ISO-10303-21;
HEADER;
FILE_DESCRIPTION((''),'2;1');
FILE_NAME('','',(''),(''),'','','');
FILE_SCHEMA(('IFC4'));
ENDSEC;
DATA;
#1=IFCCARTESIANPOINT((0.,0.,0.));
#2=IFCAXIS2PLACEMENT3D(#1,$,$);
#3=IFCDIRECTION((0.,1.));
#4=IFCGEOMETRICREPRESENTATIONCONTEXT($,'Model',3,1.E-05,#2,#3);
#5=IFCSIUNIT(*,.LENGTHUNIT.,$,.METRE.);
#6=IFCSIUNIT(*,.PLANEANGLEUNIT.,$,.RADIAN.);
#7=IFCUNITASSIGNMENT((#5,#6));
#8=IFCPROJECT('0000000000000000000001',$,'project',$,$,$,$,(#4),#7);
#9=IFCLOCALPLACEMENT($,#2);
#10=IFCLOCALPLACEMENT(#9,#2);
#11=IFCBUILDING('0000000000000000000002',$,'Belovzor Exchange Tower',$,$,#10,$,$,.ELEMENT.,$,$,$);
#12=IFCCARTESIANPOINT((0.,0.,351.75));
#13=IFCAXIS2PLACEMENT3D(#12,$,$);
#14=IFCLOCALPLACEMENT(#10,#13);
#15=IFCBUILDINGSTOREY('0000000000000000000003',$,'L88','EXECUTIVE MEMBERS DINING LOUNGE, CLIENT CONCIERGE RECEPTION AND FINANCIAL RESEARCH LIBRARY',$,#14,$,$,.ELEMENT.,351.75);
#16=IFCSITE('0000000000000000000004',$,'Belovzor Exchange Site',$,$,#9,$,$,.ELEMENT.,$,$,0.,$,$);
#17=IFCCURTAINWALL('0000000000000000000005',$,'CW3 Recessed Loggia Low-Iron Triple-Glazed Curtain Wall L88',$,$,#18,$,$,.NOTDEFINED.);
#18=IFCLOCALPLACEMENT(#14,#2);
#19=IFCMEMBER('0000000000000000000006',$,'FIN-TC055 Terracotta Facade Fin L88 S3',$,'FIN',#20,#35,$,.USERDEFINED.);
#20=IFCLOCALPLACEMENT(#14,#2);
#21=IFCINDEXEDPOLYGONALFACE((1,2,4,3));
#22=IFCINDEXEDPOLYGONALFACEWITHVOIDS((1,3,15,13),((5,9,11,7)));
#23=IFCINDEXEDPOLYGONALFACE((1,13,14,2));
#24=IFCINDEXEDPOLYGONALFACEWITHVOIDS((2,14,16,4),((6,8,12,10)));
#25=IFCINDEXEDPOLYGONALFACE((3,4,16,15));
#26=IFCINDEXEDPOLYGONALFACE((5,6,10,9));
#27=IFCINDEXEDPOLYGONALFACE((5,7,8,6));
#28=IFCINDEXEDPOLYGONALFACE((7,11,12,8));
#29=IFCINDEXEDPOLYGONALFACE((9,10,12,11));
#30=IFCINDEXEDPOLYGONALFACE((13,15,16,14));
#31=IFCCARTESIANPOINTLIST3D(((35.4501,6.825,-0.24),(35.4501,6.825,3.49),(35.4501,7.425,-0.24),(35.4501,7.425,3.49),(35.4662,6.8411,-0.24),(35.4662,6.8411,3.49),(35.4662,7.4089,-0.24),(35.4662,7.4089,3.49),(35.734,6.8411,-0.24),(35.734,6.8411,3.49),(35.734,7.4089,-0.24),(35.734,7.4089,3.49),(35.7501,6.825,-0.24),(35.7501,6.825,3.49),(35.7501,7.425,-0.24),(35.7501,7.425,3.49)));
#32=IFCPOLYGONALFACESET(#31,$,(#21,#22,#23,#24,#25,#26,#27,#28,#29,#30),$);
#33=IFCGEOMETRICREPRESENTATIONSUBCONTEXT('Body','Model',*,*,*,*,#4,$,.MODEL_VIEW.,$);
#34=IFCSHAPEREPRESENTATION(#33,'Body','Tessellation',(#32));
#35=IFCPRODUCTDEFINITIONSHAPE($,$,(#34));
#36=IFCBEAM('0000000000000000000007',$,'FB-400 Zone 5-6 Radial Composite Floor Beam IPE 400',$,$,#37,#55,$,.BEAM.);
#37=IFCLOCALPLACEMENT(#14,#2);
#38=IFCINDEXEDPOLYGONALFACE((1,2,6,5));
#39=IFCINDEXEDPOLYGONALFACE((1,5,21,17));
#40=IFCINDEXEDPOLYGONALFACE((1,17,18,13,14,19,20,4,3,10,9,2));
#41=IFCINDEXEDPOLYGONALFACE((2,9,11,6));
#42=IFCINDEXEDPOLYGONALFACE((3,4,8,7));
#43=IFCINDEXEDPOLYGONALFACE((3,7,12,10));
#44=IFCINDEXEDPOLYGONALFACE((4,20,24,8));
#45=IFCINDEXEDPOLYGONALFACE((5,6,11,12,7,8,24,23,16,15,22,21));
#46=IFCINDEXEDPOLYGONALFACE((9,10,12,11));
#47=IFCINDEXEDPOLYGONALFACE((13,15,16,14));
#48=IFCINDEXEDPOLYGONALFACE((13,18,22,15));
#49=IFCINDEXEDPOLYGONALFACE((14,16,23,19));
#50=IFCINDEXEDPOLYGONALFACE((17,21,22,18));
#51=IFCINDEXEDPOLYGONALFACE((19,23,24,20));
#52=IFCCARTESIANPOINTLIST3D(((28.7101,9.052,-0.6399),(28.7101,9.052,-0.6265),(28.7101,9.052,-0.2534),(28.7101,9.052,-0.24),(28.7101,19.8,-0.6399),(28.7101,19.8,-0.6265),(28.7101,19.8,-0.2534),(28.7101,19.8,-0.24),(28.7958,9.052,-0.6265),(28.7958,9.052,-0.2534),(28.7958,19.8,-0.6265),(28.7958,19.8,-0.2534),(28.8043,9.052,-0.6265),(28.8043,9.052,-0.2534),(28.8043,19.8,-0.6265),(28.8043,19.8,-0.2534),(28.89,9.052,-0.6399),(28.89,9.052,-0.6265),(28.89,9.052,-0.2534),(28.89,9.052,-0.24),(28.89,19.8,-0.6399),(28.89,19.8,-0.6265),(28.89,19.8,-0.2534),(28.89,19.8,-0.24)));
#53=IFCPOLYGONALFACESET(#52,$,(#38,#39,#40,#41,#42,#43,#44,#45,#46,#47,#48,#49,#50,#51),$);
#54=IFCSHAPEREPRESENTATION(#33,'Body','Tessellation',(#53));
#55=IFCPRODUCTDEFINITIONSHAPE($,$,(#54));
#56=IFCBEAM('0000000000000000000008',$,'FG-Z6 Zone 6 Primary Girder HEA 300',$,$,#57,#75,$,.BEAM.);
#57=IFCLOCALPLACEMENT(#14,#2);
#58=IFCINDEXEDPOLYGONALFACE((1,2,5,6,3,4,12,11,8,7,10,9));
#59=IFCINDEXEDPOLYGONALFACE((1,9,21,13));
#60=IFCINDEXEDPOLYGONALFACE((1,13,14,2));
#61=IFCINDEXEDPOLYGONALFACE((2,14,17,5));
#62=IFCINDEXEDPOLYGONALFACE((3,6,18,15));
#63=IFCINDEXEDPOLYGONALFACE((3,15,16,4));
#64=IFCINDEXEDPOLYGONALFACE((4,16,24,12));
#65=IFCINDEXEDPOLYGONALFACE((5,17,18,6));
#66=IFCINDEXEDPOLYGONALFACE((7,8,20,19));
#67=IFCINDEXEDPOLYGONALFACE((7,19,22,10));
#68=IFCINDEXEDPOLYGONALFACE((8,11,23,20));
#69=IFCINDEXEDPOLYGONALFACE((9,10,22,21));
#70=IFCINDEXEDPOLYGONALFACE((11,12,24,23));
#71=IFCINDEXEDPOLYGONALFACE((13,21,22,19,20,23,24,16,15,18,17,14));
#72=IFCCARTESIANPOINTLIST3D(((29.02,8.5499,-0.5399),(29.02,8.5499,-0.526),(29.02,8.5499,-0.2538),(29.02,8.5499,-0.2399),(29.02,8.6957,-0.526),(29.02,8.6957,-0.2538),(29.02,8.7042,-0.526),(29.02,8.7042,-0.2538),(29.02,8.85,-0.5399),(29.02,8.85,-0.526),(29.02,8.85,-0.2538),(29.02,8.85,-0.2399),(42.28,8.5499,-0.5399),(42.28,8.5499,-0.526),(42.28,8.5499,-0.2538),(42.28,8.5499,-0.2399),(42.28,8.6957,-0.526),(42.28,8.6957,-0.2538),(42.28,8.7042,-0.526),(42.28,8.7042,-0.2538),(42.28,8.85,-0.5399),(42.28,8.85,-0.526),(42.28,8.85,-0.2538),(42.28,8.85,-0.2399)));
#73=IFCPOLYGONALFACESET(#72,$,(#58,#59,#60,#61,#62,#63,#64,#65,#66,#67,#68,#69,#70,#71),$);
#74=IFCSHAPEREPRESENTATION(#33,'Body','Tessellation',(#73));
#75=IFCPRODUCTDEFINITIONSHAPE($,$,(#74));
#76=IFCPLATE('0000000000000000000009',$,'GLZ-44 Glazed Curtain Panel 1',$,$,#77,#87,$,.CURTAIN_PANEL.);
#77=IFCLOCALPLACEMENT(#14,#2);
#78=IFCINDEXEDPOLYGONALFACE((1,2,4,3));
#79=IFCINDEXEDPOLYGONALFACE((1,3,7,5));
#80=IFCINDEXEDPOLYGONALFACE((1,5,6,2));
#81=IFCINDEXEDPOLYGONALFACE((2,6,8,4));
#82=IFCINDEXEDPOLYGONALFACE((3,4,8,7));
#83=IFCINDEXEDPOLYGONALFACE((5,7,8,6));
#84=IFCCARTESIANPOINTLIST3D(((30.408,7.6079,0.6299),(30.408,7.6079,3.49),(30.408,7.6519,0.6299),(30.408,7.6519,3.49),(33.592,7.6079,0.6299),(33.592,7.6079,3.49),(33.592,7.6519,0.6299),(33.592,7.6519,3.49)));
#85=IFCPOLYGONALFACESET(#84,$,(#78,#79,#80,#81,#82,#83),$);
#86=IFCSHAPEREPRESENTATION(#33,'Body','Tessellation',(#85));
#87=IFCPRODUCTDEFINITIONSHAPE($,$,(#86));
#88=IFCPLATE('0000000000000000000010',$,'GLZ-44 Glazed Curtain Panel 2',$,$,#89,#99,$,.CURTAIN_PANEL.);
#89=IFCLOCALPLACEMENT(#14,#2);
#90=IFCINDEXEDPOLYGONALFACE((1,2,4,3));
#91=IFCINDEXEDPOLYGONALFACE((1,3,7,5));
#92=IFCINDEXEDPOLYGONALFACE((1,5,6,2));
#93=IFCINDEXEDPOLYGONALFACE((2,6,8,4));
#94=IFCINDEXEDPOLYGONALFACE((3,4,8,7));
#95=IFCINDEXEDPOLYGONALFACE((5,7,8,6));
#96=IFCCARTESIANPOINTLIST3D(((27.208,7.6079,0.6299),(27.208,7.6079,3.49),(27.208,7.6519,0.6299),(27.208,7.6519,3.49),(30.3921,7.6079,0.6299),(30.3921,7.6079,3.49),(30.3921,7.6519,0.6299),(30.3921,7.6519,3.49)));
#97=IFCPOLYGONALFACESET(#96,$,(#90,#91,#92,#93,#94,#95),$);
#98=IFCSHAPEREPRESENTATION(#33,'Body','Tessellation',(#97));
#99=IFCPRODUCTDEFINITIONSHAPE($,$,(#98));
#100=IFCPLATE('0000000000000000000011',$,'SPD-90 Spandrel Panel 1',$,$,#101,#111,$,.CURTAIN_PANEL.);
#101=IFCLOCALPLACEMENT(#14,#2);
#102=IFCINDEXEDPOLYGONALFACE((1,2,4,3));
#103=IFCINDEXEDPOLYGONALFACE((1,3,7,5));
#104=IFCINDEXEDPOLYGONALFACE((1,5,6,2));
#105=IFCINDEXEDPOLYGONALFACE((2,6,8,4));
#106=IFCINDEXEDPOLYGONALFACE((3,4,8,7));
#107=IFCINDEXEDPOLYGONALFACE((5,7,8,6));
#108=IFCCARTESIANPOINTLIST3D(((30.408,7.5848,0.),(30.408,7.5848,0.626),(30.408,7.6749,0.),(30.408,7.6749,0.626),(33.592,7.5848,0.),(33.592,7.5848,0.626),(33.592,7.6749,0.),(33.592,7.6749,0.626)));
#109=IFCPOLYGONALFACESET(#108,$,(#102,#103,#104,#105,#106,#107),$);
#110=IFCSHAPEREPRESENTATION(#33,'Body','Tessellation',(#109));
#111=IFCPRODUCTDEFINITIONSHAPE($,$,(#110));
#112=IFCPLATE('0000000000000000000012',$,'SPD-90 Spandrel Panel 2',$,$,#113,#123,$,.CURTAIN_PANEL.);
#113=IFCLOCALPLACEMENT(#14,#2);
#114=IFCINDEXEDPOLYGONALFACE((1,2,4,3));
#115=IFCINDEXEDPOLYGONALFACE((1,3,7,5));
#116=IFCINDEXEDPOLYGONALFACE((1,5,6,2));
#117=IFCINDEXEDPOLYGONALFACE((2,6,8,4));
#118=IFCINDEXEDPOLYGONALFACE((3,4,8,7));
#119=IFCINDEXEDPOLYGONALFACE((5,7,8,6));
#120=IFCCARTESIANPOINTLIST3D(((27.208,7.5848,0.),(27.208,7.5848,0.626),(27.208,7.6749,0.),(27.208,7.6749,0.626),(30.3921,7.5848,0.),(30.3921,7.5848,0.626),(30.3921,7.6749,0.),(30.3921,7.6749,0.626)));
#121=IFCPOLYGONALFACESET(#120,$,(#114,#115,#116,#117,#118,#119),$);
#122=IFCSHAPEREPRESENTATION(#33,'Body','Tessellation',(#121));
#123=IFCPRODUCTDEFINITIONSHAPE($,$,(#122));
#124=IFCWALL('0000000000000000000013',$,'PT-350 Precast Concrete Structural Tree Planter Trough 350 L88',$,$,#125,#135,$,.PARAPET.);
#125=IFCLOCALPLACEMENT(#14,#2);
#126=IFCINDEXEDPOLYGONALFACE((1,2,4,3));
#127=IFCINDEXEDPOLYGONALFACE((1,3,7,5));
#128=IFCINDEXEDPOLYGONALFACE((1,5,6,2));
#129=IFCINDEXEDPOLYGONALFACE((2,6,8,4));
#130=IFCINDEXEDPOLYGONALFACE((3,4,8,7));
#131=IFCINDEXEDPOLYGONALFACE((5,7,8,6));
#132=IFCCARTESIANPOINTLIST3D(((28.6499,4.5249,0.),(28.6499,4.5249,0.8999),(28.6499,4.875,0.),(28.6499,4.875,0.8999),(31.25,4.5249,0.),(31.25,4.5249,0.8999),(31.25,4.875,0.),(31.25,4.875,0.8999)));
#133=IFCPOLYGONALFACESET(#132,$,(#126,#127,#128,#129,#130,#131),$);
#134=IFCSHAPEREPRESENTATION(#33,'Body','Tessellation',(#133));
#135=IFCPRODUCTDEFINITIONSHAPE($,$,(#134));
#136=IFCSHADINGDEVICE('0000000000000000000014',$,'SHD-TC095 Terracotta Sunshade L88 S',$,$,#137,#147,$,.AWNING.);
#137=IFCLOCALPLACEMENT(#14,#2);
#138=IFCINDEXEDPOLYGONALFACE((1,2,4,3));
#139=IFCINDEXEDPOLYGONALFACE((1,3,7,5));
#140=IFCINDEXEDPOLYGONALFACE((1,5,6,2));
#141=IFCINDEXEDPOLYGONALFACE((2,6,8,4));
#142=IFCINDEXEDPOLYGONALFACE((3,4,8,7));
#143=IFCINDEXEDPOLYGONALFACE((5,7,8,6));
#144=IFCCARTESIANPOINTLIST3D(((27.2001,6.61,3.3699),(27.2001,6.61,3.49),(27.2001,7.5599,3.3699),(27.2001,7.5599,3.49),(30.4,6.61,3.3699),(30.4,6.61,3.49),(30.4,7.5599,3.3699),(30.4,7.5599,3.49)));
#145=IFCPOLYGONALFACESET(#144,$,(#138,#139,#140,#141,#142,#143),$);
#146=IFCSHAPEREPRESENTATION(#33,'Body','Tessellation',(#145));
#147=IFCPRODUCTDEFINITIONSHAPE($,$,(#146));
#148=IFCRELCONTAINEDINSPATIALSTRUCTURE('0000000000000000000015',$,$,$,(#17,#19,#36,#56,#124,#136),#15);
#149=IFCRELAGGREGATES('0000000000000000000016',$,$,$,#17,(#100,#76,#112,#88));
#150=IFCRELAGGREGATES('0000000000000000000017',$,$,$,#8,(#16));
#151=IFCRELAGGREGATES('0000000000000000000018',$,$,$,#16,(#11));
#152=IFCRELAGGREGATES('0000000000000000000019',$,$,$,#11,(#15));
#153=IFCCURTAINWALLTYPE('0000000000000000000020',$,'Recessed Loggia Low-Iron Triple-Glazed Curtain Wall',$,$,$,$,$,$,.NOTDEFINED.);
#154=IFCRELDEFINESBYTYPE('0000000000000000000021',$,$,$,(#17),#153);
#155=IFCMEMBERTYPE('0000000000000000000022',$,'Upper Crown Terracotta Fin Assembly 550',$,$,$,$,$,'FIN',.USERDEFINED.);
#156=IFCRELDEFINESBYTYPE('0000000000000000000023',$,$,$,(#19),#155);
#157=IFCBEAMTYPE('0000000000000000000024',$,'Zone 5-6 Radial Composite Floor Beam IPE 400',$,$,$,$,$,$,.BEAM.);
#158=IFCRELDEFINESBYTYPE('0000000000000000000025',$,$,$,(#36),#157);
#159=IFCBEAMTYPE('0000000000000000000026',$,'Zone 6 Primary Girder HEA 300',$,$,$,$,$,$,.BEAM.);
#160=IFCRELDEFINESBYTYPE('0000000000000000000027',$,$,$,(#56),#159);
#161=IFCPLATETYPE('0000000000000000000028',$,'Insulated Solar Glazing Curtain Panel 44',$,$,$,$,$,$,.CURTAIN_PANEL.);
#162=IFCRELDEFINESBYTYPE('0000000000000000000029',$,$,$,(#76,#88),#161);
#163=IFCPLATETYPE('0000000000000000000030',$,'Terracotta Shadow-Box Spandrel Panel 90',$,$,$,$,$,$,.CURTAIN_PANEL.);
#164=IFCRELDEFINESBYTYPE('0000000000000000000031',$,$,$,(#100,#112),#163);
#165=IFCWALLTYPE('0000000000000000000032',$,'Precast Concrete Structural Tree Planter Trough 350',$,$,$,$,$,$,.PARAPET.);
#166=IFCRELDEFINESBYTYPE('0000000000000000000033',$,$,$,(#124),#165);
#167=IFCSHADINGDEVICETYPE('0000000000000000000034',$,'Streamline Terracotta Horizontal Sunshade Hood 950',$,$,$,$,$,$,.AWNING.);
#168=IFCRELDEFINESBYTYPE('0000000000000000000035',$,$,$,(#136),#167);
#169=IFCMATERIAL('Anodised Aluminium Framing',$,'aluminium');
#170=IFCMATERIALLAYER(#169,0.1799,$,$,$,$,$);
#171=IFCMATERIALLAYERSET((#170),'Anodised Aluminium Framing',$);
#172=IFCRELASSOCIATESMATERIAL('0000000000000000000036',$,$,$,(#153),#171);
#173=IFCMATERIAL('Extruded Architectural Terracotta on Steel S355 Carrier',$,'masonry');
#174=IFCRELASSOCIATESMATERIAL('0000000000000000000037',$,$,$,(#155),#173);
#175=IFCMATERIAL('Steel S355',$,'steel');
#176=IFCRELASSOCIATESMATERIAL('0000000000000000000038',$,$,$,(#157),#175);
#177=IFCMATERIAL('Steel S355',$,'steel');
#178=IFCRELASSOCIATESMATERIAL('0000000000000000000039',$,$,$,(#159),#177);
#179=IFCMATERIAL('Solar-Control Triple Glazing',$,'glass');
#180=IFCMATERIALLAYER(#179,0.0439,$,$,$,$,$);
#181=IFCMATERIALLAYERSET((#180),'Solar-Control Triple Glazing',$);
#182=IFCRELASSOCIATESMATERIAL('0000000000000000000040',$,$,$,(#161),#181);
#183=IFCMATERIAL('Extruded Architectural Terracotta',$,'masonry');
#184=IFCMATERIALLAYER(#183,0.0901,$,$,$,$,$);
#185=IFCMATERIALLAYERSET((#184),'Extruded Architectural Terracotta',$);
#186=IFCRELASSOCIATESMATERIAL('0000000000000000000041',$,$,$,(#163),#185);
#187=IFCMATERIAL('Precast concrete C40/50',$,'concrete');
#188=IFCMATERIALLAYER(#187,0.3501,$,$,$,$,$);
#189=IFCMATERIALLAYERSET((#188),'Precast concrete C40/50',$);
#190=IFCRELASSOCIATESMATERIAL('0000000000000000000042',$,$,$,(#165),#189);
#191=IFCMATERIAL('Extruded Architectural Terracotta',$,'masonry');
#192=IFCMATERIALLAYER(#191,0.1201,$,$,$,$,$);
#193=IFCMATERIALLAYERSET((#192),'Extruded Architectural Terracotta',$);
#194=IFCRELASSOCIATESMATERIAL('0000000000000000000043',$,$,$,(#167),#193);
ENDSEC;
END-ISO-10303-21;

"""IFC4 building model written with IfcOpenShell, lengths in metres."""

from ifc_helpers import new_model, si_unit, direction, frame, frame_2d, origin, origin_2d, place, context, subcontext, project, spatial, rectangle, hollow_rectangle, i_section, extrude, material, layer, layer_set, material_profile, profile_set, type_object, element, aggregate, save


model = new_model("IFC4")

# Units and contexts
model_context = context("Model", 3, precision=1e-05, world=origin(), true_north=direction((0.0, 1.0)))
body_context = subcontext(model_context, "Body", "Model", "MODEL_VIEW")
ifc_project = project(units=[si_unit("LENGTHUNIT", "METRE"), si_unit("PLANEANGLEUNIT", "RADIAN")], contexts=[model_context])

# Site, building, storey
site_placement = place(None, origin())
site = spatial("IfcSite", under=ifc_project, at=site_placement, Name="Belovzor Exchange Site", CompositionType="ELEMENT", RefElevation=0.0)
building_placement = place(site_placement, origin())
building = spatial("IfcBuilding", under=site, at=building_placement, Name="Belovzor Exchange Tower", CompositionType="ELEMENT")
storey_placement = place(building_placement, frame((0.0, 0.0, 351.75)))
storey = spatial("IfcBuildingStorey", under=building, at=storey_placement, Name="L88", Description="EXECUTIVE MEMBERS DINING LOUNGE, CLIENT CONCIERGE RECEPTION AND FINANCIAL RESEARCH LIBRARY", CompositionType="ELEMENT", Elevation=351.75)

# Curtain wall
ifc_material_1 = material(Name="Anodised Aluminium Framing", Category="aluminium")
ifc_layer_1 = layer(ifc_material_1, 0.1799)
ifc_layer_set_1 = layer_set([ifc_layer_1], Name="Anodised Aluminium Framing")
curtain_wall_type = type_object("IfcCurtainWallType", Name="Recessed Loggia Low-Iron Triple-Glazed Curtain Wall", PredefinedType="NOTDEFINED", material=ifc_layer_set_1)
curtain_wall_placement = place(storey_placement, origin())
curtain_wall = element("IfcCurtainWall", 1, at=curtain_wall_placement, inside=storey, type_object=curtain_wall_type, Name="CW3 Recessed Loggia Low-Iron Triple-Glazed Curtain Wall L88", PredefinedType="NOTDEFINED")

# Member
ifc_material_2 = material(Name="Extruded Architectural Terracotta on Steel S355 Carrier", Category="masonry")
ifc_material_profile_1 = material_profile(ifc_material_2, hollow_rectangle(XDim=0.3, YDim=0.6001, WallThickness=0.0161, at=origin_2d()))
ifc_profile_set_1 = profile_set([ifc_material_profile_1], Name="Extruded Architectural Terracotta on Steel S355 Carrier")
member_type_1 = type_object("IfcMemberType", Name="Upper Crown Terracotta Fin Assembly 550", ElementType="FIN", PredefinedType="USERDEFINED", material=ifc_profile_set_1)
member_1_placement = place(storey_placement, frame((35.6001, 7.125, -0.24), z_axis=(0.0, 0.0, 1.0), x_axis=(1.0, 0.0, 0.0)))
element("IfcMember", 2, at=member_1_placement, inside=storey, type_object=member_type_1, Name="FIN-TC055 Terracotta Facade Fin L88 S3", ObjectType="FIN", PredefinedType="USERDEFINED", context=body_context, shape_type="SweptSolid", body=[
    extrude(hollow_rectangle(XDim=0.3, YDim=0.6001, WallThickness=0.0161, at=origin_2d()), origin(), (0.0, 0.0, 1.0), 3.73),
])

# Beams
ifc_material_3 = material(Name="Steel S355", Category="steel")
ifc_material_profile_2 = material_profile(ifc_material_3, i_section(OverallWidth=0.1799, OverallDepth=0.3999, WebThickness=0.0085, FlangeThickness=0.0134, at=origin_2d()))
ifc_profile_set_2 = profile_set([ifc_material_profile_2], Name="Steel S355")
beam_type_1 = type_object("IfcBeamType", Name="Zone 5-6 Radial Composite Floor Beam IPE 400", PredefinedType="BEAM", material=ifc_profile_set_2)
beam_1_placement = place(storey_placement, frame((28.8, 19.8, -0.4399), z_axis=(0.0, -1.0, 0.0), x_axis=(1.0, 0.0, 0.0)))
element("IfcBeam", 3, at=beam_1_placement, inside=storey, type_object=beam_type_1, Name="FB-400 Zone 5-6 Radial Composite Floor Beam IPE 400", PredefinedType="BEAM", context=body_context, shape_type="SweptSolid", body=[
    extrude(i_section(OverallWidth=0.1799, OverallDepth=0.3999, WebThickness=0.0085, FlangeThickness=0.0134, at=origin_2d()), origin(), (0.0, 0.0, 1.0), 10.748),
])
ifc_material_4 = material(Name="Steel S355", Category="steel")
ifc_material_profile_3 = material_profile(ifc_material_4, i_section(OverallWidth=0.3, OverallDepth=0.3, WebThickness=0.0085, FlangeThickness=0.0139, at=origin_2d()))
ifc_profile_set_3 = profile_set([ifc_material_profile_3], Name="Steel S355")
beam_type_2 = type_object("IfcBeamType", Name="Zone 6 Primary Girder HEA 300", PredefinedType="BEAM", material=ifc_profile_set_3)
beam_2_placement = place(storey_placement, frame((29.02, 8.7, -0.3899), z_axis=(1.0, 0.0, 0.0), x_axis=(0.0, 1.0, 0.0)))
element("IfcBeam", 4, at=beam_2_placement, inside=storey, type_object=beam_type_2, Name="FG-Z6 Zone 6 Primary Girder HEA 300", PredefinedType="BEAM", context=body_context, shape_type="SweptSolid", body=[
    extrude(i_section(OverallWidth=0.3, OverallDepth=0.3, WebThickness=0.0085, FlangeThickness=0.0139, at=origin_2d()), origin(), (0.0, 0.0, 1.0), 13.26),
])

# Plates
ifc_material_5 = material(Name="Solar-Control Triple Glazing", Category="glass")
ifc_layer_2 = layer(ifc_material_5, 0.0439)
ifc_layer_set_2 = layer_set([ifc_layer_2], Name="Solar-Control Triple Glazing")
plate_type_1 = type_object("IfcPlateType", Name="Insulated Solar Glazing Curtain Panel 44", PredefinedType="CURTAIN_PANEL", material=ifc_layer_set_2)
plate_1_placement = place(storey_placement, frame((32.0, 7.6299, 0.6299), z_axis=(0.0, 0.0, 1.0), x_axis=(-1.0, 0.0, 0.0)))
plate_1 = element("IfcPlate", 5, at=plate_1_placement, type_object=plate_type_1, Name="GLZ-44 Glazed Curtain Panel 1", PredefinedType="CURTAIN_PANEL", context=body_context, shape_type="SweptSolid", body=[
    extrude(rectangle(XDim=3.1841, YDim=0.0439, at=origin_2d()), origin(), (0.0, 0.0, 1.0), 2.8601),
])
plate_2_placement = place(storey_placement, frame((28.8, 7.6299, 0.6299), z_axis=(0.0, 0.0, 1.0), x_axis=(-1.0, 0.0, 0.0)))
plate_2 = element("IfcPlate", 6, at=plate_2_placement, type_object=plate_type_1, Name="GLZ-44 Glazed Curtain Panel 2", PredefinedType="CURTAIN_PANEL", context=body_context, shape_type="SweptSolid", body=[
    extrude(rectangle(XDim=3.1841, YDim=0.0439, at=origin_2d()), origin(), (0.0, 0.0, 1.0), 2.8601),
])
ifc_material_6 = material(Name="Extruded Architectural Terracotta", Category="masonry")
ifc_layer_3 = layer(ifc_material_6, 0.0901)
ifc_layer_set_3 = layer_set([ifc_layer_3], Name="Extruded Architectural Terracotta")
plate_type_2 = type_object("IfcPlateType", Name="Terracotta Shadow-Box Spandrel Panel 90", PredefinedType="CURTAIN_PANEL", material=ifc_layer_set_3)
plate_3_placement = place(storey_placement, frame((32.0, 7.6299, 0.0), z_axis=(0.0, 0.0, 1.0), x_axis=(-1.0, 0.0, 0.0)))
plate_3 = element("IfcPlate", 7, at=plate_3_placement, type_object=plate_type_2, Name="SPD-90 Spandrel Panel 1", PredefinedType="CURTAIN_PANEL", context=body_context, shape_type="SweptSolid", body=[
    extrude(rectangle(XDim=3.1841, YDim=0.0901, at=origin_2d()), origin(), (0.0, 0.0, 1.0), 0.626),
])
plate_4_placement = place(storey_placement, frame((28.8, 7.6299, 0.0), z_axis=(0.0, 0.0, 1.0), x_axis=(-1.0, 0.0, 0.0)))
plate_4 = element("IfcPlate", 8, at=plate_4_placement, type_object=plate_type_2, Name="SPD-90 Spandrel Panel 2", PredefinedType="CURTAIN_PANEL", context=body_context, shape_type="SweptSolid", body=[
    extrude(rectangle(XDim=3.1841, YDim=0.0901, at=origin_2d()), origin(), (0.0, 0.0, 1.0), 0.626),
])
aggregate(curtain_wall, [plate_3, plate_1, plate_4, plate_2])

# Wall
ifc_material_7 = material(Name="Precast concrete C40/50", Category="concrete")
ifc_layer_4 = layer(ifc_material_7, 0.3501)
ifc_layer_set_4 = layer_set([ifc_layer_4], Name="Precast concrete C40/50")
wall_type = type_object("IfcWallType", Name="Precast Concrete Structural Tree Planter Trough 350", PredefinedType="PARAPET", material=ifc_layer_set_4)
wall_placement = place(storey_placement, frame((28.6499, 4.7, 0.0), z_axis=(0.0, 0.0, 1.0), x_axis=(1.0, 0.0, 0.0)))
element("IfcWall", 9, at=wall_placement, inside=storey, type_object=wall_type, Name="PT-350 Precast Concrete Structural Tree Planter Trough 350 L88", PredefinedType="PARAPET", context=body_context, shape_type="SweptSolid", body=[
    extrude(rectangle(XDim=2.6001, YDim=0.3501, at=frame_2d((1.3, 0.0))), origin(), (0.0, 0.0, 1.0), 0.8999),
])

# Shading device
ifc_material_8 = material(Name="Extruded Architectural Terracotta", Category="masonry")
ifc_layer_5 = layer(ifc_material_8, 0.1201)
ifc_layer_set_5 = layer_set([ifc_layer_5], Name="Extruded Architectural Terracotta")
shading_device_type = type_object("IfcShadingDeviceType", Name="Streamline Terracotta Horizontal Sunshade Hood 950", PredefinedType="AWNING", material=ifc_layer_set_5)
shading_device_placement = place(storey_placement, frame((28.8, 7.085, 3.3699), z_axis=(0.0, 0.0, 1.0), x_axis=(1.0, 0.0, 0.0)))
element("IfcShadingDevice", 10, at=shading_device_placement, inside=storey, type_object=shading_device_type, Name="SHD-TC095 Terracotta Sunshade L88 S", PredefinedType="AWNING", context=body_context, shape_type="SweptSolid", body=[
    extrude(rectangle(XDim=3.2, YDim=0.95, at=origin_2d()), origin(), (0.0, 0.0, 1.0), 0.1201),
])

save(model, "model.ifc")
